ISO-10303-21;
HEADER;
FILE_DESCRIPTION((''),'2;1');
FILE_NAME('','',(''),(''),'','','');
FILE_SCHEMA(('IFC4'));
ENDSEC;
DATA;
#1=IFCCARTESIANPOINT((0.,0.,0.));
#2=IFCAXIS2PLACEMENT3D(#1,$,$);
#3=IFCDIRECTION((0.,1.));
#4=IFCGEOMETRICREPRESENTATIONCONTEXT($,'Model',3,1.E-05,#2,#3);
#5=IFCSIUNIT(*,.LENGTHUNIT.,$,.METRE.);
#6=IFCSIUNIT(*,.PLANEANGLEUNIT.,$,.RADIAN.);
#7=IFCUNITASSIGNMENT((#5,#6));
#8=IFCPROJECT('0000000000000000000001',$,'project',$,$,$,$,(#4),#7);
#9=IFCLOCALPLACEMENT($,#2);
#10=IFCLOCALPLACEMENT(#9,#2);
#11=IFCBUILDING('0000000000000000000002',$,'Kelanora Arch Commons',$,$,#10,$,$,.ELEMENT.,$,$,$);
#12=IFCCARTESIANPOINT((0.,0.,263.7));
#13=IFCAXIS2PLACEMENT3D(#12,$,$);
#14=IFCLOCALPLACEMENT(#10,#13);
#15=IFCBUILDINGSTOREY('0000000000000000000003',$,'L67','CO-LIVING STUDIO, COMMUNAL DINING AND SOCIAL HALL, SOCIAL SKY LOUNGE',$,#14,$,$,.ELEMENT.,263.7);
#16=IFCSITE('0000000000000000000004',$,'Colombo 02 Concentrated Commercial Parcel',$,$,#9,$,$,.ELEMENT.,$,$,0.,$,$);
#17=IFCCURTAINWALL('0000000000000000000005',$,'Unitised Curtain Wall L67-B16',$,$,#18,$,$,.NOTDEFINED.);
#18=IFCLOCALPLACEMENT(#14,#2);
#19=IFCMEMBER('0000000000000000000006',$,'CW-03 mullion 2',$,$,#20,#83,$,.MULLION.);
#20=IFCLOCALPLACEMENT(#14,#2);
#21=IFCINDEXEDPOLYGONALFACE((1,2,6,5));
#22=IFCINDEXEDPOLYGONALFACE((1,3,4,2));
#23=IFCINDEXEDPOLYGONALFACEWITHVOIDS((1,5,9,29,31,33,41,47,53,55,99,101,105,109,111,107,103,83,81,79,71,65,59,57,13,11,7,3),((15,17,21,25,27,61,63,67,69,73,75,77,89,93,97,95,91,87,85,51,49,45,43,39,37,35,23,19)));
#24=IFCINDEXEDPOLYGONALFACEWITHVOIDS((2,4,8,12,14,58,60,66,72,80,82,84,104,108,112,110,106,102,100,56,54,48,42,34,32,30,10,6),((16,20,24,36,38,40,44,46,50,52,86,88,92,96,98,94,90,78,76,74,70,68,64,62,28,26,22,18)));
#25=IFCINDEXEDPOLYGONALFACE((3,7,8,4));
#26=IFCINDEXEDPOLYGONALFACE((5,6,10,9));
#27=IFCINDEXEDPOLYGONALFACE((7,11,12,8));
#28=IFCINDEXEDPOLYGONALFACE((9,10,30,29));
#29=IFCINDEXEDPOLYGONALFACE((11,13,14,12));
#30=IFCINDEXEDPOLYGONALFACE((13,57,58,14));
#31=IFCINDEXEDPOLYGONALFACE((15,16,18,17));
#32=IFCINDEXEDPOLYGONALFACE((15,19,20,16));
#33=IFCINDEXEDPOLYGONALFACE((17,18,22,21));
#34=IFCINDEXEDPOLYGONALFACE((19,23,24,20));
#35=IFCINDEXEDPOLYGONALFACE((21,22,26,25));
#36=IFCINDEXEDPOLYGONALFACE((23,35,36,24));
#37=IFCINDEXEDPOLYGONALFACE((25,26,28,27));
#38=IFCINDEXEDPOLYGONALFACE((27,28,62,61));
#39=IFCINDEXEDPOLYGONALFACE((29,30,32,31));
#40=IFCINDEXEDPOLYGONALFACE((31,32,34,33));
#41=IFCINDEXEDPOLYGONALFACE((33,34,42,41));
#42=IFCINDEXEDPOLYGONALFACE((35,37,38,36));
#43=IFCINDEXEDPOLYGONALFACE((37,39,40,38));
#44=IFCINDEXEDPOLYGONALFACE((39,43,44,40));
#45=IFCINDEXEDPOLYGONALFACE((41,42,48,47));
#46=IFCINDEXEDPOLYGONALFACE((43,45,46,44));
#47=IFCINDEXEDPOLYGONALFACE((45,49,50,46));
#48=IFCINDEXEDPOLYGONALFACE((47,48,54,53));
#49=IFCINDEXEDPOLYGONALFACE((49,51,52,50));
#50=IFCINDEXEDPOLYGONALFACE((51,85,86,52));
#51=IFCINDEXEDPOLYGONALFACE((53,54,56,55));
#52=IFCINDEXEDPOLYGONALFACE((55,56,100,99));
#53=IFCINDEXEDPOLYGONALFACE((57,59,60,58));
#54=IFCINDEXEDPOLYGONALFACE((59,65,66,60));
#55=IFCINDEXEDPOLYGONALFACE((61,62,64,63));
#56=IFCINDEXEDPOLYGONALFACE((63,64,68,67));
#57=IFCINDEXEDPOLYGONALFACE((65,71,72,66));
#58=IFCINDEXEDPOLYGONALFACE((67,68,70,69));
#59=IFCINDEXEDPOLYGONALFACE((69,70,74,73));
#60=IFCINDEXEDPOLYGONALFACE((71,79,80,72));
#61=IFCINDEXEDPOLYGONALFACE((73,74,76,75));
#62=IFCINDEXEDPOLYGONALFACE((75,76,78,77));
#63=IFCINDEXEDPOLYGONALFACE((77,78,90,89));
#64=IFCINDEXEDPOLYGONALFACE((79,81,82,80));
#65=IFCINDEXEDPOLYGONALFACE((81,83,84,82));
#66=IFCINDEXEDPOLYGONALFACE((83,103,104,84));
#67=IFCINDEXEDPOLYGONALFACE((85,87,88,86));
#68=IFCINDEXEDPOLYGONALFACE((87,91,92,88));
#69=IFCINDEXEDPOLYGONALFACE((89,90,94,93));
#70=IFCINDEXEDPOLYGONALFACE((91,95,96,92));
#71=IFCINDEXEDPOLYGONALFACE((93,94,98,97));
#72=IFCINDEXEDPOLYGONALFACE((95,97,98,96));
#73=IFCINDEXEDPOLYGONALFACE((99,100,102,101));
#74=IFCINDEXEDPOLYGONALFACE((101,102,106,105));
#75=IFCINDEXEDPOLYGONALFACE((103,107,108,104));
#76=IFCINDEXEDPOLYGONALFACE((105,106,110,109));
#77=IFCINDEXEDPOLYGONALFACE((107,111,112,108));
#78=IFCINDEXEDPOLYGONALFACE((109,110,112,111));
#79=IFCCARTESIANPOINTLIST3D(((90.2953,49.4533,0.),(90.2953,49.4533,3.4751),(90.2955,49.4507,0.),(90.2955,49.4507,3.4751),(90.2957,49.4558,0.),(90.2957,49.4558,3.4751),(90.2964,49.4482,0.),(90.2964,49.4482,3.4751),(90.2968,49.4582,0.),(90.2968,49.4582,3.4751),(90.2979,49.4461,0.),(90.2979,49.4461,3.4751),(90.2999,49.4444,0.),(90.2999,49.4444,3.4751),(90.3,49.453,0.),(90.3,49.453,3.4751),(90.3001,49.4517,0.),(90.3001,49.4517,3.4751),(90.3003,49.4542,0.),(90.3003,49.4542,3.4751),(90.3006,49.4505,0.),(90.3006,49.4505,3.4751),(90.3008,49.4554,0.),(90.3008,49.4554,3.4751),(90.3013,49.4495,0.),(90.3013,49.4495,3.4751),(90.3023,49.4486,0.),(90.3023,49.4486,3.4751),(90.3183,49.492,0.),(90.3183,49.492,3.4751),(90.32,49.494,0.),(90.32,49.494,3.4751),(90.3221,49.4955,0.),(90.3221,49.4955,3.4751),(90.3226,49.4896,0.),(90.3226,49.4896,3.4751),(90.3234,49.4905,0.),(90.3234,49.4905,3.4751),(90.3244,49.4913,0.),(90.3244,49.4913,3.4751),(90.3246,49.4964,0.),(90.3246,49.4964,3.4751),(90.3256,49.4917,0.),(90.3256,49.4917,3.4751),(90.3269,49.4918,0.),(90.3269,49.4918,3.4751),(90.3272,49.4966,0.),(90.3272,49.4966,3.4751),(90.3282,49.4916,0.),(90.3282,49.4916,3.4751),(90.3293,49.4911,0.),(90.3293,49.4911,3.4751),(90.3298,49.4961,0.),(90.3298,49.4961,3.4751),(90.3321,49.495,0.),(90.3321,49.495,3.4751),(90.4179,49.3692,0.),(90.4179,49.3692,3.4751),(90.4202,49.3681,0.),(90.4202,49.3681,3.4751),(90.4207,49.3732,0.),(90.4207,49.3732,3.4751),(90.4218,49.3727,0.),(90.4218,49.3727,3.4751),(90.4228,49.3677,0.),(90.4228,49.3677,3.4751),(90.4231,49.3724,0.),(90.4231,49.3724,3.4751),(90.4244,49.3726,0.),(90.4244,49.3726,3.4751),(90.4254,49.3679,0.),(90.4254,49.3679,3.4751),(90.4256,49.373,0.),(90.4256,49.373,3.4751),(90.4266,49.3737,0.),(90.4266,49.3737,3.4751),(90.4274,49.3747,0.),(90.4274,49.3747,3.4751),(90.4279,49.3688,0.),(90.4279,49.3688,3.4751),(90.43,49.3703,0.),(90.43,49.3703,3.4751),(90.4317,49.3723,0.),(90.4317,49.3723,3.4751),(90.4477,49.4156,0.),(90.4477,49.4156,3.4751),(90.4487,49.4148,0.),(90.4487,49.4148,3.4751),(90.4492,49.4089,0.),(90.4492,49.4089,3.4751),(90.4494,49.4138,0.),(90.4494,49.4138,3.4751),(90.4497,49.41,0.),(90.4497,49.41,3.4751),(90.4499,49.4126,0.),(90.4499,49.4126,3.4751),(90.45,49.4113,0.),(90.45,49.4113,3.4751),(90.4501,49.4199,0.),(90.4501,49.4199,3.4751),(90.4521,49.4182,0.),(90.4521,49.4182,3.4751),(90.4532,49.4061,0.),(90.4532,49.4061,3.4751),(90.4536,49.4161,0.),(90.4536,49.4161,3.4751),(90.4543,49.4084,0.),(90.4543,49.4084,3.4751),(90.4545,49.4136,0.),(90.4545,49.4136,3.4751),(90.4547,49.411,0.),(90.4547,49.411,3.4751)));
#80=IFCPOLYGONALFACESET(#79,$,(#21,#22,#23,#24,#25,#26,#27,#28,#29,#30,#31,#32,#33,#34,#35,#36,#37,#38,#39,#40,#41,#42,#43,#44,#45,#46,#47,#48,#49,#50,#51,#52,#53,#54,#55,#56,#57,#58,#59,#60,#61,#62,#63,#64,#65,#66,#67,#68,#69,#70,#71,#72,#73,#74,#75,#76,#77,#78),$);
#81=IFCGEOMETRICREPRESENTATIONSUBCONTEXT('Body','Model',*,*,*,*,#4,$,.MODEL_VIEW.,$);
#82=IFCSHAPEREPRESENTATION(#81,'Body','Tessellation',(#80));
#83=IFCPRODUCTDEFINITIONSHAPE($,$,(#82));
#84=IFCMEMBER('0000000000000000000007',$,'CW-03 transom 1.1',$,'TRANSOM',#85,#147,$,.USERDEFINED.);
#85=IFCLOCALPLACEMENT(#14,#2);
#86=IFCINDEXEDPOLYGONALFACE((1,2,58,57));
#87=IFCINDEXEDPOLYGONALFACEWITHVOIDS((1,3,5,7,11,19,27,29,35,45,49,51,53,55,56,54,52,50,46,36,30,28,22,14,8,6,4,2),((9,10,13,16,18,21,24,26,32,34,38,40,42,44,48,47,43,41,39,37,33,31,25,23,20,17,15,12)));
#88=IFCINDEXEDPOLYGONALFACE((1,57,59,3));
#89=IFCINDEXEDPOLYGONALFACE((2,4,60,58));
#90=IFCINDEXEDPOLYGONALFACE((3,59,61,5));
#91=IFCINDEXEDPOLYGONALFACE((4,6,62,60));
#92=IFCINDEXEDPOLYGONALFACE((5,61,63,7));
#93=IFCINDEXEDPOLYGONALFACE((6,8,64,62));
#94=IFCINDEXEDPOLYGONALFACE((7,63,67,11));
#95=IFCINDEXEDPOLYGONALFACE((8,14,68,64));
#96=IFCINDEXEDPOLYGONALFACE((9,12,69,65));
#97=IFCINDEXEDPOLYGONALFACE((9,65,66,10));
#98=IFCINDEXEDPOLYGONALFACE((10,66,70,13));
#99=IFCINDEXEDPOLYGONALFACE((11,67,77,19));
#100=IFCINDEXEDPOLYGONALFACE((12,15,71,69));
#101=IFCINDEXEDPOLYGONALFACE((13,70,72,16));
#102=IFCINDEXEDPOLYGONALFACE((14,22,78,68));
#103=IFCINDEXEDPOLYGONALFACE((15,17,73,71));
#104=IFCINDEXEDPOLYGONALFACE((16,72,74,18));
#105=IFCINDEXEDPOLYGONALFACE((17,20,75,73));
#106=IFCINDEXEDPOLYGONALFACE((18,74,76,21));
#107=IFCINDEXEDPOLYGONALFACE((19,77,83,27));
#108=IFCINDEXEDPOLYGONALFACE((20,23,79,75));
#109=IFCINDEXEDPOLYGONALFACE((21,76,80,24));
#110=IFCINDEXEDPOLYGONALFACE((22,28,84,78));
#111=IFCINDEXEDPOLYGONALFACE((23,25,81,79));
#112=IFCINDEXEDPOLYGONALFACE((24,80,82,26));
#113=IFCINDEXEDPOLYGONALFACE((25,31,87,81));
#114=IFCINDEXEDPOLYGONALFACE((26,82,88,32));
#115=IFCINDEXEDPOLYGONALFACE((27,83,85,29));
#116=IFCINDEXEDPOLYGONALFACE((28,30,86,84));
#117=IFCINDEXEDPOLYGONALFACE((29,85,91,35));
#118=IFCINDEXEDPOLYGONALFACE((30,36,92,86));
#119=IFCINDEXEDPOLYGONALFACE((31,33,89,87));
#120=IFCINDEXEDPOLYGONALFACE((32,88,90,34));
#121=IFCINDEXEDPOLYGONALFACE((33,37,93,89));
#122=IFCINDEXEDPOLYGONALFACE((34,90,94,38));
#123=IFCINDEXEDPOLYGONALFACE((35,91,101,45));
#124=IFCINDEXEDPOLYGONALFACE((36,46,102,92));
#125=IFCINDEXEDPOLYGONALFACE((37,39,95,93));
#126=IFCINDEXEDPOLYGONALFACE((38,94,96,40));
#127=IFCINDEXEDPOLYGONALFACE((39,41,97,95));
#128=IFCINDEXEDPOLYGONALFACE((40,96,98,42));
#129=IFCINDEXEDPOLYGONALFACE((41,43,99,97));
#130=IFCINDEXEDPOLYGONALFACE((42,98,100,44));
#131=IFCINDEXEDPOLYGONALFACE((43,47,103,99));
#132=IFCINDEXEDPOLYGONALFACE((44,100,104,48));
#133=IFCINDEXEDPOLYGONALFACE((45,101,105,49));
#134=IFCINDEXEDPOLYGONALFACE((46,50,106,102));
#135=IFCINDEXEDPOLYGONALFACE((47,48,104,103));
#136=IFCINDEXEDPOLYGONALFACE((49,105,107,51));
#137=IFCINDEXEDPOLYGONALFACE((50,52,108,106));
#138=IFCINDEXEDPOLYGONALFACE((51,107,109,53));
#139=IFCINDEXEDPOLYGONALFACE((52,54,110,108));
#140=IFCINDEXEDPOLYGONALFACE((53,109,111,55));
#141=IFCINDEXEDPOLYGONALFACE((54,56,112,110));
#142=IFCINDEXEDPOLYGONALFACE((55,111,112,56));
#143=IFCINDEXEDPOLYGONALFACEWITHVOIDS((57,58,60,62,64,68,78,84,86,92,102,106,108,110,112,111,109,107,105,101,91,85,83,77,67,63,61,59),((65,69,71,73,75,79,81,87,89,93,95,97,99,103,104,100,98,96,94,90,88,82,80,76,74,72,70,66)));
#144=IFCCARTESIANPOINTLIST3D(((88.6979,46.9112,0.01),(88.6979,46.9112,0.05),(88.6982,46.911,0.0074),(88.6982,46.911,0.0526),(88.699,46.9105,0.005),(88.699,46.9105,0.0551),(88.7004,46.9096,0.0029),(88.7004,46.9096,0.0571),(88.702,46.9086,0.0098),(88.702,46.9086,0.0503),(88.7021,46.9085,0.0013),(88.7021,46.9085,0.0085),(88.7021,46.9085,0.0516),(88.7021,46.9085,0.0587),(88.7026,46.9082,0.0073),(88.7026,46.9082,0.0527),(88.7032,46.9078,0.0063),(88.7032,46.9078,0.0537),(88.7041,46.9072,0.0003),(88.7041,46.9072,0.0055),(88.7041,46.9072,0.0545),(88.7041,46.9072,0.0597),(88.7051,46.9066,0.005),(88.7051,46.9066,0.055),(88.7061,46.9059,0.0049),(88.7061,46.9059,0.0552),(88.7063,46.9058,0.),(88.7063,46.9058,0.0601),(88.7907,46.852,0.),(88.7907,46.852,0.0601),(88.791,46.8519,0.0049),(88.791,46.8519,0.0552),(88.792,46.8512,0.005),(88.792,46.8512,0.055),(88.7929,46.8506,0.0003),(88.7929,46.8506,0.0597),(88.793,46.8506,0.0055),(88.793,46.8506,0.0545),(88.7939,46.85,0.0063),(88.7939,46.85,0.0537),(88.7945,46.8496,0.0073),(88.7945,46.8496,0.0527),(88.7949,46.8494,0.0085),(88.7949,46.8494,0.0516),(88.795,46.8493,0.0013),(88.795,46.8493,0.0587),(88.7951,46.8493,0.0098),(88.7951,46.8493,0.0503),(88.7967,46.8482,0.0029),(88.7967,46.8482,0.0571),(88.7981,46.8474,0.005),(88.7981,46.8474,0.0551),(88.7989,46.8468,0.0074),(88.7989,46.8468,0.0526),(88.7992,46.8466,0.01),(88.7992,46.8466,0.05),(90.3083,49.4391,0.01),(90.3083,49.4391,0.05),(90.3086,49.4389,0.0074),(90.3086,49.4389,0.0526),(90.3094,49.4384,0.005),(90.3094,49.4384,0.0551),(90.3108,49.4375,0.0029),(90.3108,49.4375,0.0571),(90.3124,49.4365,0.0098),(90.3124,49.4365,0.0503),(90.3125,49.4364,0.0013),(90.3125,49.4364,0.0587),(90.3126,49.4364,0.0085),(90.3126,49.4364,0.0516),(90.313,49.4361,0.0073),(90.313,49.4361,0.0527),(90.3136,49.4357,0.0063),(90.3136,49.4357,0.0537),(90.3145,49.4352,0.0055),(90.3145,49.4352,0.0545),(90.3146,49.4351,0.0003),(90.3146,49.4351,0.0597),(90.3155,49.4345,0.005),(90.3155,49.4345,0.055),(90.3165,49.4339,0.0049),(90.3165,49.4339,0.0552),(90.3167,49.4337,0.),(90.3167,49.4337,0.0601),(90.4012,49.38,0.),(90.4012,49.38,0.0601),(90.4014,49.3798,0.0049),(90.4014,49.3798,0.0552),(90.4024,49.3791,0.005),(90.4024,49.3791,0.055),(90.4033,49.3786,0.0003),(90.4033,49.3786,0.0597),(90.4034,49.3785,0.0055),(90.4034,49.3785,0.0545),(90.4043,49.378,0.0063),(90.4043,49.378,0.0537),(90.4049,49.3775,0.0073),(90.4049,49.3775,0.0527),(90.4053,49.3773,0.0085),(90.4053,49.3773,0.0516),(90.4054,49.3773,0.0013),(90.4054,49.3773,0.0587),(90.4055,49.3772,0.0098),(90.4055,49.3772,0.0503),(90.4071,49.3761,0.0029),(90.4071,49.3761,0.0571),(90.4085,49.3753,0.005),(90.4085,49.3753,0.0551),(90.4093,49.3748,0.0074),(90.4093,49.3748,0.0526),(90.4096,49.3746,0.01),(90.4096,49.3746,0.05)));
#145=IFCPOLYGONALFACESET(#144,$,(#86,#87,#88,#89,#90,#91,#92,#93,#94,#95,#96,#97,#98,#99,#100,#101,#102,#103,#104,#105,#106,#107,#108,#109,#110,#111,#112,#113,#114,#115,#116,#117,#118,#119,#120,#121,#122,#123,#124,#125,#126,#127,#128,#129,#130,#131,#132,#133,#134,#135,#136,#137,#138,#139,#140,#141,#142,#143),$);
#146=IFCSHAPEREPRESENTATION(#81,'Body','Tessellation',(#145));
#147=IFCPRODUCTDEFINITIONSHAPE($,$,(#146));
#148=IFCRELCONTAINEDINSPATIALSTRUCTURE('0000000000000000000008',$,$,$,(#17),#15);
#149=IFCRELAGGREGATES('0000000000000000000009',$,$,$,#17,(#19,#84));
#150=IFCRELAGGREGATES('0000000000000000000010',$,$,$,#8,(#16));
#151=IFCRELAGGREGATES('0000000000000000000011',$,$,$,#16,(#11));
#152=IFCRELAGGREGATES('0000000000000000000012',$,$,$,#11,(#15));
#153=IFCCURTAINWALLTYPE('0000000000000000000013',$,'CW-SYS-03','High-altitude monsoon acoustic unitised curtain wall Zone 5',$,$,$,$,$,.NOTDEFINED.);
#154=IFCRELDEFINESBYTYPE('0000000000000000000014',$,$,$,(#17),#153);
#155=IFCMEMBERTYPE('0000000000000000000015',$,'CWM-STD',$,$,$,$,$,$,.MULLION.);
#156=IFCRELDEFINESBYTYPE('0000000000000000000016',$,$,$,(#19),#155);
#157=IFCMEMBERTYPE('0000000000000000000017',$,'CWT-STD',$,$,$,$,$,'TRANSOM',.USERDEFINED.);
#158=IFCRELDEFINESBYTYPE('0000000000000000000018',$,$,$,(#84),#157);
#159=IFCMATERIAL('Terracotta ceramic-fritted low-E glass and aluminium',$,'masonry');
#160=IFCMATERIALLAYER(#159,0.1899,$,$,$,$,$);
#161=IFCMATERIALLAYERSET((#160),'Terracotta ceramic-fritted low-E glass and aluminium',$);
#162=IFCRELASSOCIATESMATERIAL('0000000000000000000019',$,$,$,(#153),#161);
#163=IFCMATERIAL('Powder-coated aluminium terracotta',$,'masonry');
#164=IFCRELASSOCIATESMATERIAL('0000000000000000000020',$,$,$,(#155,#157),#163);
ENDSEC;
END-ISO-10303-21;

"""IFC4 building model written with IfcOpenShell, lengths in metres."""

from ifc_helpers import new_model, si_unit, direction, frame, origin, origin_2d, place, context, subcontext, project, spatial, hollow_rectangle, extrude, material, layer, layer_set, material_profile, profile_set, type_object, element, aggregate, save


model = new_model("IFC4")

# Units and contexts
model_context = context("Model", 3, precision=1e-05, world=origin(), true_north=direction((0.0, 1.0)))
body_context = subcontext(model_context, "Body", "Model", "MODEL_VIEW")
ifc_project = project(units=[si_unit("LENGTHUNIT", "METRE"), si_unit("PLANEANGLEUNIT", "RADIAN")], contexts=[model_context])

# Site, building, storey
site_placement = place(None, origin())
site = spatial("IfcSite", under=ifc_project, at=site_placement, Name="Colombo 02 Concentrated Commercial Parcel", CompositionType="ELEMENT", RefElevation=0.0)
building_placement = place(site_placement, origin())
building = spatial("IfcBuilding", under=site, at=building_placement, Name="Kelanora Arch Commons", CompositionType="ELEMENT")
storey_placement = place(building_placement, frame((0.0, 0.0, 263.7)))
storey = spatial("IfcBuildingStorey", under=building, at=storey_placement, Name="L67", Description="CO-LIVING STUDIO, COMMUNAL DINING AND SOCIAL HALL, SOCIAL SKY LOUNGE", CompositionType="ELEMENT", Elevation=263.7)

# Shared definitions
ifc_material_1 = material(Name="Terracotta ceramic-fritted low-E glass and aluminium", Category="masonry")
ifc_layer_1 = layer(ifc_material_1, 0.1899)
ifc_layer_set_1 = layer_set([ifc_layer_1], Name="Terracotta ceramic-fritted low-E glass and aluminium")
curtain_wall_type = type_object("IfcCurtainWallType", Name="CW-SYS-03", Description="High-altitude monsoon acoustic unitised curtain wall Zone 5", PredefinedType="NOTDEFINED", material=ifc_layer_set_1)
ifc_material_2 = material(Name="Powder-coated aluminium terracotta", Category="masonry")
ifc_material_profile_1 = material_profile(ifc_material_2, hollow_rectangle(XDim=0.1599, YDim=0.0601, WallThickness=0.0049, InnerFilletRadius=0.0049, OuterFilletRadius=0.01, at=origin_2d()), Name="CWM160x60")
ifc_profile_set_1 = profile_set([ifc_material_profile_1], Name="Powder-coated aluminium terracotta")
member_type_1 = type_object("IfcMemberType", Name="CWM-STD", PredefinedType="MULLION", material=ifc_profile_set_1)

# Curtain wall, members
curtain_wall_1_placement = place(storey_placement, origin())
curtain_wall_1 = element("IfcCurtainWall", 1, at=curtain_wall_1_placement, inside=storey, type_object=curtain_wall_type, Name="Unitised Curtain Wall L67-B16", PredefinedType="NOTDEFINED")
member_1_placement = place(storey_placement, frame((90.375, 49.4321, 0.0), z_axis=(0.0, 0.0, 1.0), x_axis=(-0.843391, 0.5373, 0.0)))
member_1 = element("IfcMember", 2, at=member_1_placement, type_object=member_type_1, Name="CW-03 mullion 2", PredefinedType="MULLION", context=body_context, shape_type="SweptSolid", body=[
    extrude(hollow_rectangle(XDim=0.1599, YDim=0.0601, WallThickness=0.0049, InnerFilletRadius=0.0049, OuterFilletRadius=0.01, at=origin_2d()), origin(), (0.0, 0.0, 1.0), 3.4751),
])
ifc_material_profile_2 = material_profile(ifc_material_2, hollow_rectangle(XDim=0.1201, YDim=0.0601, WallThickness=0.0049, InnerFilletRadius=0.0049, OuterFilletRadius=0.01, at=origin_2d()), Name="CWT120x60")
ifc_profile_set_2 = profile_set([ifc_material_profile_2], Name="Powder-coated aluminium terracotta")
member_type_2 = type_object("IfcMemberType", Name="CWT-STD", ElementType="TRANSOM", PredefinedType="USERDEFINED", material=ifc_profile_set_2)
member_2_placement = place(storey_placement, frame((88.7485, 46.8789, 0.03), z_axis=(0.537287, 0.8434, 0.0), x_axis=(-0.8434, 0.537287, 0.0)))
member_2 = element("IfcMember", 3, at=member_2_placement, type_object=member_type_2, Name="CW-03 transom 1.1", ObjectType="TRANSOM", PredefinedType="USERDEFINED", context=body_context, shape_type="SweptSolid", body=[
    extrude(hollow_rectangle(XDim=0.1201, YDim=0.0601, WallThickness=0.0049, InnerFilletRadius=0.0049, OuterFilletRadius=0.01, at=origin_2d()), origin(), (0.0, 0.0, 1.0), 2.9973),
])
aggregate(curtain_wall_1, [member_1, member_2])

save(model, "model.ifc")
